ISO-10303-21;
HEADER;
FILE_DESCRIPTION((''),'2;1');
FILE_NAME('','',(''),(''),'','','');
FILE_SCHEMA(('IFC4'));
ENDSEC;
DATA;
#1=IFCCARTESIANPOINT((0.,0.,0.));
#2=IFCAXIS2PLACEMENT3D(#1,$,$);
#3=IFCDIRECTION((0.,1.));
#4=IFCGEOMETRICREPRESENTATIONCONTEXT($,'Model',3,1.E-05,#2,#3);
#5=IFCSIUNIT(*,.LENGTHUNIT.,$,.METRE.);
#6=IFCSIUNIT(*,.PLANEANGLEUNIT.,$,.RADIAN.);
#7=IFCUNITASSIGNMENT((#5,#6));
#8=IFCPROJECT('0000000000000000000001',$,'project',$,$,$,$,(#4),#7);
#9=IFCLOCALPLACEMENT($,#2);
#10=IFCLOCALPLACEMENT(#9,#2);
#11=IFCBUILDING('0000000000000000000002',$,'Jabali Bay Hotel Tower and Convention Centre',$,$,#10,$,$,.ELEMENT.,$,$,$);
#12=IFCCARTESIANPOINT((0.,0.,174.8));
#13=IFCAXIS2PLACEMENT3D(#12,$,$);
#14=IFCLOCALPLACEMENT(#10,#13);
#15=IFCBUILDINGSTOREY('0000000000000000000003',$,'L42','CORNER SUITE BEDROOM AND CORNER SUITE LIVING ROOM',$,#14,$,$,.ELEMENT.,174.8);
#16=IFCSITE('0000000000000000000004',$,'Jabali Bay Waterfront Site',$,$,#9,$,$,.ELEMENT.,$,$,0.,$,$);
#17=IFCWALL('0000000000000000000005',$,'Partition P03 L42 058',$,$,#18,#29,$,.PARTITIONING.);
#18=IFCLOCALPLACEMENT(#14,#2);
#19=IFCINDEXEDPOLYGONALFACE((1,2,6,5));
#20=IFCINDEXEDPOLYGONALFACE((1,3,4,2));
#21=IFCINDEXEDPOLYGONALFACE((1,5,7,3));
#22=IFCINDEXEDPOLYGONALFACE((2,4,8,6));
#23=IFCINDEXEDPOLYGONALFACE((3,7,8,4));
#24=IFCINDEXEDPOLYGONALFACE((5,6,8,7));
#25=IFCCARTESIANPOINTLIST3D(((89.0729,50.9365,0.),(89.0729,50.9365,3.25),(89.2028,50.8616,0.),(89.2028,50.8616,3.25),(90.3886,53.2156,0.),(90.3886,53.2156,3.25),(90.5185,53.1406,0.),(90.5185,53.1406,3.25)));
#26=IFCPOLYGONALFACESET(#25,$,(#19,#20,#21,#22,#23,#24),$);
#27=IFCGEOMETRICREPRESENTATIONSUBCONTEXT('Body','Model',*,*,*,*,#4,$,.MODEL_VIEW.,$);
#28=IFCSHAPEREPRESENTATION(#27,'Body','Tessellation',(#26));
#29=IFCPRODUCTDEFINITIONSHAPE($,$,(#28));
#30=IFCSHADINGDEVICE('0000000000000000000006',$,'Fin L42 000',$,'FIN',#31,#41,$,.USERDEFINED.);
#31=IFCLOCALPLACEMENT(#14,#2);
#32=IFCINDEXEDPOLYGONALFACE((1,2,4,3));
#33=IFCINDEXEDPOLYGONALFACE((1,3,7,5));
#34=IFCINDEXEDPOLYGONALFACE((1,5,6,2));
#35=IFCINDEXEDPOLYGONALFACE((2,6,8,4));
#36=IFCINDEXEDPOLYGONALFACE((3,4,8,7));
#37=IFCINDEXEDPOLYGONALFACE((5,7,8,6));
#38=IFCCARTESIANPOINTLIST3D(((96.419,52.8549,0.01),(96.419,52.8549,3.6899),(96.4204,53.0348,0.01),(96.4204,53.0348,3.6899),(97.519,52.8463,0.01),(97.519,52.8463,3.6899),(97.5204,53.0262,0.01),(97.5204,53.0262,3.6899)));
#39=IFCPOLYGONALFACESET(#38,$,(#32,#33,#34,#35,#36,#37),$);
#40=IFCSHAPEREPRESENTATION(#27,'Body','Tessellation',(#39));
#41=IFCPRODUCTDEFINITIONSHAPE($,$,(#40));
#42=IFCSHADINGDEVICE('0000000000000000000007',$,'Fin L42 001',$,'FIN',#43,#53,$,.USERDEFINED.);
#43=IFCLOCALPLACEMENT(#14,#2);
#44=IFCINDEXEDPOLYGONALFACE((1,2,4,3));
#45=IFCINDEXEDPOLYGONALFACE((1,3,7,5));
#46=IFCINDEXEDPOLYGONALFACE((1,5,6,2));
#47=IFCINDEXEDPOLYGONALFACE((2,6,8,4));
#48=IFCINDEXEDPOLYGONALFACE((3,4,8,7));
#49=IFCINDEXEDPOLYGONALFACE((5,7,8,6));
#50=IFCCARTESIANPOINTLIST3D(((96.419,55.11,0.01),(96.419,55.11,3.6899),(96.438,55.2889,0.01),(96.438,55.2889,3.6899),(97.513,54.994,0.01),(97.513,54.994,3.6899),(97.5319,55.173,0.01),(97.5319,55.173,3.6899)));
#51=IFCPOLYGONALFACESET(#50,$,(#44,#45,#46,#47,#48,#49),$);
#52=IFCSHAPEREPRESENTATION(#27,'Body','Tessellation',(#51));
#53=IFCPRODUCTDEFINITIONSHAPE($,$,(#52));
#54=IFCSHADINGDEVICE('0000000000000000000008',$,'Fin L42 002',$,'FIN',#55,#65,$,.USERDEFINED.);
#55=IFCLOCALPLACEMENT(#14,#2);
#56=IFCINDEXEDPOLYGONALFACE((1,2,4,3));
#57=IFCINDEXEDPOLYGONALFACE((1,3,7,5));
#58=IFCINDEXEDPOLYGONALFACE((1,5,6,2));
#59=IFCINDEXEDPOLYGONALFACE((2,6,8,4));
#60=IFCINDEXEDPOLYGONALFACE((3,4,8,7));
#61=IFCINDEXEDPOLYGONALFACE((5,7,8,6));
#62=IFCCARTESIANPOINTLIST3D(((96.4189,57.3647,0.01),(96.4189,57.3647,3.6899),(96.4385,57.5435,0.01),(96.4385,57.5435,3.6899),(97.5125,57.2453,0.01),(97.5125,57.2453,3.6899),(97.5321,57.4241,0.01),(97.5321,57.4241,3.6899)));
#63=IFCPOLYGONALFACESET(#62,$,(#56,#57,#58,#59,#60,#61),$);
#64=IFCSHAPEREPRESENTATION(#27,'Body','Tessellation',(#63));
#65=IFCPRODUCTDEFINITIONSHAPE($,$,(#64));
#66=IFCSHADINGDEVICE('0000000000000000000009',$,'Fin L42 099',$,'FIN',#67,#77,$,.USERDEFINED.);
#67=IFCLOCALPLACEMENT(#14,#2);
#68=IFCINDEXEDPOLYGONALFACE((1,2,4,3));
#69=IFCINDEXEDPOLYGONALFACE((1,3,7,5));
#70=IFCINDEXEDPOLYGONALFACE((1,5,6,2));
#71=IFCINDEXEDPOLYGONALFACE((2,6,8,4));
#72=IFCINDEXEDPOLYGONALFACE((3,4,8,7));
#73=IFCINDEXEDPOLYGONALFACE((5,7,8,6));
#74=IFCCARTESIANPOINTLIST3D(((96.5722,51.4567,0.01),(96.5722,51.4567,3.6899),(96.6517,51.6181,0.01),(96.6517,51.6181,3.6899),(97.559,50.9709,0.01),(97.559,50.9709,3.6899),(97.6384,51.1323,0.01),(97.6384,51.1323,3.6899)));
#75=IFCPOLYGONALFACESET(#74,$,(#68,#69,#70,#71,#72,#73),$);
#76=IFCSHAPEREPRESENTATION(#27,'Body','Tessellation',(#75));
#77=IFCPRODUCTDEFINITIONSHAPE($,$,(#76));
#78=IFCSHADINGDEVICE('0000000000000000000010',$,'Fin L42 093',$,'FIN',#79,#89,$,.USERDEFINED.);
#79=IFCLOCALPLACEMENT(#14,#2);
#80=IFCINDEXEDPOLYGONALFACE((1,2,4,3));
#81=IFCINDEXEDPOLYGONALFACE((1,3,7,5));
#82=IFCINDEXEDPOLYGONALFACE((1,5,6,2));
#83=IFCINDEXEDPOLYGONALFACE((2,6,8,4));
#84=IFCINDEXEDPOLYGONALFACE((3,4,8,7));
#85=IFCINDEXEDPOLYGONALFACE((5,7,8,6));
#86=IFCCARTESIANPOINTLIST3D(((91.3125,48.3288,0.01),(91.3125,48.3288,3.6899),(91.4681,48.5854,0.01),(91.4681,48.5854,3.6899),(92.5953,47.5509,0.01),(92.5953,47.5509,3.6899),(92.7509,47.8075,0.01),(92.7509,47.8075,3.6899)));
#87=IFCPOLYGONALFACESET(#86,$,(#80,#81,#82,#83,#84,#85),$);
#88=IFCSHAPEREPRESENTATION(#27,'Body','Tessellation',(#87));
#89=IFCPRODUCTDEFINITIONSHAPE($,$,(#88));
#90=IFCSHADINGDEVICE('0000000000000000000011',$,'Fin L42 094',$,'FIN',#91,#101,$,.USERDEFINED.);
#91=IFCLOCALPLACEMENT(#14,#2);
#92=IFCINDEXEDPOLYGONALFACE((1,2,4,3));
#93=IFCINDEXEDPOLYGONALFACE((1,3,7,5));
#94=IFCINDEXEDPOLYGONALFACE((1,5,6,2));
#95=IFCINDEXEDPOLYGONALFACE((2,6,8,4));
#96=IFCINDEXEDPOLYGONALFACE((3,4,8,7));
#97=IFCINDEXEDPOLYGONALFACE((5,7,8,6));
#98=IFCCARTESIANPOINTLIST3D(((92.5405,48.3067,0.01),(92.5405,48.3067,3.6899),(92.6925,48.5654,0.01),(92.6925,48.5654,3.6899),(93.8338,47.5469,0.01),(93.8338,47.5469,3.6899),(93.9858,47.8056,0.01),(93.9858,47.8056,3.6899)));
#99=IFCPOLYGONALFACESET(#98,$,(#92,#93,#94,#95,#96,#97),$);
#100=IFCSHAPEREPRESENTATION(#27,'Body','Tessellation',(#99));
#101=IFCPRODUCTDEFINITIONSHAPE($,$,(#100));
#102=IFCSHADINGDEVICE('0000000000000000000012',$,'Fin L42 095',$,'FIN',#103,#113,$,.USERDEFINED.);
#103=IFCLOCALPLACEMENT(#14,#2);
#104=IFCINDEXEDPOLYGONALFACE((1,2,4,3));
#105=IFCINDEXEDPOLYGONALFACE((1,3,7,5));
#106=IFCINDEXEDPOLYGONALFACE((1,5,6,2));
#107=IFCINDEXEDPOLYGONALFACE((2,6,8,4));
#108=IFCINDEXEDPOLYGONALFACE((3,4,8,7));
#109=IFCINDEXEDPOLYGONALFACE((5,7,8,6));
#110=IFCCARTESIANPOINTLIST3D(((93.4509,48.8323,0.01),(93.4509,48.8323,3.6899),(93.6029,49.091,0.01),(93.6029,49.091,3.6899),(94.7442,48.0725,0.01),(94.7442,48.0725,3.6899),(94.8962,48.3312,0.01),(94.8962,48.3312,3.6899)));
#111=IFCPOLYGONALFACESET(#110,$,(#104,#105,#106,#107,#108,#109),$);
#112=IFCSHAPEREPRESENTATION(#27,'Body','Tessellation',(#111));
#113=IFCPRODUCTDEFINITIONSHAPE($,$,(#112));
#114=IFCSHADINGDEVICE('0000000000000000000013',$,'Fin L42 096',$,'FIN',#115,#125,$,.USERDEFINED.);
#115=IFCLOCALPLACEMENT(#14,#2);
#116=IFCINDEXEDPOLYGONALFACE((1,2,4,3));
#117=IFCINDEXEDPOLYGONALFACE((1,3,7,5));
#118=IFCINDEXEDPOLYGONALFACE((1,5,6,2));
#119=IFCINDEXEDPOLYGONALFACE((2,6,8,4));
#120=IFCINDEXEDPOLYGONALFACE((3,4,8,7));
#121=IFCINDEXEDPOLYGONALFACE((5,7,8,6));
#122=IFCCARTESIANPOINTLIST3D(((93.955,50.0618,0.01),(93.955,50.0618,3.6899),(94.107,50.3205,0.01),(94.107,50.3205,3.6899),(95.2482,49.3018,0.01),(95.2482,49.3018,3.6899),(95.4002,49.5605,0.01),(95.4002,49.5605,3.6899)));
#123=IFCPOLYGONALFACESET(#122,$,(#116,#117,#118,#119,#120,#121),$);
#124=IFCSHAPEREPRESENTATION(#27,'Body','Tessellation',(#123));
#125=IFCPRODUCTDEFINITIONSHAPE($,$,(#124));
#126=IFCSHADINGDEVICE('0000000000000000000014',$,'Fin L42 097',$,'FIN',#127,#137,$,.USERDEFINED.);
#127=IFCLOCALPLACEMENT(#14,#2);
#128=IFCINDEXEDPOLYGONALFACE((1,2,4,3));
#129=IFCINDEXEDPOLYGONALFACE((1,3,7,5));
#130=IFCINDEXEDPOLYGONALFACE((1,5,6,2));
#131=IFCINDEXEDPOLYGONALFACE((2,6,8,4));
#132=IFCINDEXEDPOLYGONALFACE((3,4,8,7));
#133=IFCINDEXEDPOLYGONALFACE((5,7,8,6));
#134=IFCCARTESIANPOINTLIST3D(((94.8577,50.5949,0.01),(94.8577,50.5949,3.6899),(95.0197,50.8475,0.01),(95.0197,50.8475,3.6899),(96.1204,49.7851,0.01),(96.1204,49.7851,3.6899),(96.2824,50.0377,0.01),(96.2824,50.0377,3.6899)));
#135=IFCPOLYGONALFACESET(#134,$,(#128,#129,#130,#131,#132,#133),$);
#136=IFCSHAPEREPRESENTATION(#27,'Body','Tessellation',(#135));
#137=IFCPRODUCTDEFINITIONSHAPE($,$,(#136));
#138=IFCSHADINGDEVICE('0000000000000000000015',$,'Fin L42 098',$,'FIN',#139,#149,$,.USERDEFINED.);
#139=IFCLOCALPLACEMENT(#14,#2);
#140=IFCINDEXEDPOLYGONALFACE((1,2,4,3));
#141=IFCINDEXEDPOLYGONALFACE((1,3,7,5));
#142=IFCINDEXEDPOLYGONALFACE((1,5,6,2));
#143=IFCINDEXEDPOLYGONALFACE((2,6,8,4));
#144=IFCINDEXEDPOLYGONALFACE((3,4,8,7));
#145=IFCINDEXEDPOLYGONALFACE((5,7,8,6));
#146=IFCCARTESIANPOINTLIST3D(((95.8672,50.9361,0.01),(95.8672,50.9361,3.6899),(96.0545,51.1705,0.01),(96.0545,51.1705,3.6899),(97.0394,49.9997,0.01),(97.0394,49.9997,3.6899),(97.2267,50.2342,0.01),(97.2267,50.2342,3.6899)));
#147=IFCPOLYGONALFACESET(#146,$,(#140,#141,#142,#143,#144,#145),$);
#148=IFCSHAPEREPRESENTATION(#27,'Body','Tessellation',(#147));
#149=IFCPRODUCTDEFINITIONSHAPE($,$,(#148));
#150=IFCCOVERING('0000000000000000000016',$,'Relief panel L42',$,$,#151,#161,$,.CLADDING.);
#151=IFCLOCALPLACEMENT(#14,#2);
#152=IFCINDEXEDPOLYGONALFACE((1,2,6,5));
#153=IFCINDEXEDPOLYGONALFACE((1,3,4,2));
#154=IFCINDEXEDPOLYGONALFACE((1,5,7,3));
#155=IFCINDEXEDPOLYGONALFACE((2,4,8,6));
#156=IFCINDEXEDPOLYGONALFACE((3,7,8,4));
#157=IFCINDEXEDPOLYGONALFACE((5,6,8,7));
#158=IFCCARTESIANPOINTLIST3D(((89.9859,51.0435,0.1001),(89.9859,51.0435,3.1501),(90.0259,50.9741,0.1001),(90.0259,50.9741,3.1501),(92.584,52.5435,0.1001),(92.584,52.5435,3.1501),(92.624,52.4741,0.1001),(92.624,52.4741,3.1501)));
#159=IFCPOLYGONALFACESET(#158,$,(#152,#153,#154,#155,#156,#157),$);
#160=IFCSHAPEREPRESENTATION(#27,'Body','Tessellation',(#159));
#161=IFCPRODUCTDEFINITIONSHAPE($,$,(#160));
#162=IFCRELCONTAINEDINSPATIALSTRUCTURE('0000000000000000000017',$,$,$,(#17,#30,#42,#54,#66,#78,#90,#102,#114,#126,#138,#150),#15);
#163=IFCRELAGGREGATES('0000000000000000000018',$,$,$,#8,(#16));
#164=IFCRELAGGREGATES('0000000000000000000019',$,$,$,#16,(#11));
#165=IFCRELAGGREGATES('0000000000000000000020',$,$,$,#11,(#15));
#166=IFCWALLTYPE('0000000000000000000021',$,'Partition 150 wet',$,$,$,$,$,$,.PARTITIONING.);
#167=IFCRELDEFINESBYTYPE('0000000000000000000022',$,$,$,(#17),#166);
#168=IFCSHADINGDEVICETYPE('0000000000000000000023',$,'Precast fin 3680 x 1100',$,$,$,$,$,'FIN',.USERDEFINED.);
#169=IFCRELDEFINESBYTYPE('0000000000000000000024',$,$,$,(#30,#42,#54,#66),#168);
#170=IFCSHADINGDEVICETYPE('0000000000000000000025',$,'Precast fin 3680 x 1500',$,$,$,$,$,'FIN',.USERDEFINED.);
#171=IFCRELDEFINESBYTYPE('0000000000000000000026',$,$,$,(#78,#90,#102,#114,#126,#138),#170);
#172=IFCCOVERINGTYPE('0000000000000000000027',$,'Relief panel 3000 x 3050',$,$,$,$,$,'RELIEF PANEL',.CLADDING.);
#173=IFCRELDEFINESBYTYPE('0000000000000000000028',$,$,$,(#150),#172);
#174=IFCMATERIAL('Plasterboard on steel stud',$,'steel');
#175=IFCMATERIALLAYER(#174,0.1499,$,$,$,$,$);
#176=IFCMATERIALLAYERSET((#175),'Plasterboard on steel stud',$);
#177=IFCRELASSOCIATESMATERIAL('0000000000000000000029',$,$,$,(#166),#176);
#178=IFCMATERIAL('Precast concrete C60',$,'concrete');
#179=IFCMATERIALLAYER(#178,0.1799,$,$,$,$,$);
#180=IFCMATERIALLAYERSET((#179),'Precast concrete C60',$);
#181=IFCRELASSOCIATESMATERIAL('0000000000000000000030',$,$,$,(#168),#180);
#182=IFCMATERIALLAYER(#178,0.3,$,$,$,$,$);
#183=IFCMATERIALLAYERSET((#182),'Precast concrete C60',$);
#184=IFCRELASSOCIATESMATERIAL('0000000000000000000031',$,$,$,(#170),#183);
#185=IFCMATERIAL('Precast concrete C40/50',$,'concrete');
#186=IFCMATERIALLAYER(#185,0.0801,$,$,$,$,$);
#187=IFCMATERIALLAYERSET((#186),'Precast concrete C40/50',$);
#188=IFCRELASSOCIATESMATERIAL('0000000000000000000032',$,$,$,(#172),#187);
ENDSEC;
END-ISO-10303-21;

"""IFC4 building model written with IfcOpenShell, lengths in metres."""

from ifc_helpers import new_model, si_unit, direction, frame, frame_2d, origin, origin_2d, place, context, subcontext, project, spatial, rectangle, extrude, material, layer, layer_set, type_object, element, save


model = new_model("IFC4")

# Units and contexts
model_context = context("Model", 3, precision=1e-05, world=origin(), true_north=direction((0.0, 1.0)))
body_context = subcontext(model_context, "Body", "Model", "MODEL_VIEW")
ifc_project = project(units=[si_unit("LENGTHUNIT", "METRE"), si_unit("PLANEANGLEUNIT", "RADIAN")], contexts=[model_context])

# Site, building, storey
site_placement = place(None, origin())
site = spatial("IfcSite", under=ifc_project, at=site_placement, Name="Jabali Bay Waterfront Site", CompositionType="ELEMENT", RefElevation=0.0)
building_placement = place(site_placement, origin())
building = spatial("IfcBuilding", under=site, at=building_placement, Name="Jabali Bay Hotel Tower and Convention Centre", CompositionType="ELEMENT")
storey_placement = place(building_placement, frame((0.0, 0.0, 174.8)))
storey = spatial("IfcBuildingStorey", under=building, at=storey_placement, Name="L42", Description="CORNER SUITE BEDROOM AND CORNER SUITE LIVING ROOM", CompositionType="ELEMENT", Elevation=174.8)

# Shared definitions
ifc_material_1 = material(Name="Plasterboard on steel stud", Category="steel")
ifc_layer_1 = layer(ifc_material_1, 0.1499)
ifc_layer_set_1 = layer_set([ifc_layer_1], Name="Plasterboard on steel stud")
wall_type_1 = type_object("IfcWallType", Name="Partition 150 wet", PredefinedType="PARTITIONING", material=ifc_layer_set_1)

# Wall
wall_1_placement = place(storey_placement, frame((90.4536, 53.1782, 0.0), z_axis=(0.0, 0.0, 1.0), x_axis=(-0.499961, -0.866048, 0.0)))
element("IfcWall", 1, at=wall_1_placement, inside=storey, type_object=wall_type_1, Name="Partition P03 L42 058", PredefinedType="PARTITIONING", context=body_context, shape_type="SweptSolid", body=[
    extrude(rectangle(XDim=2.6316, YDim=0.1499, at=frame_2d((1.3159, 0.0))), origin(), (0.0, 0.0, 1.0), 3.25),
])

# Shading devices
ifc_material_2 = material(Name="Precast concrete C60", Category="concrete")
ifc_layer_2 = layer(ifc_material_2, 0.1799)
ifc_layer_set_2 = layer_set([ifc_layer_2], Name="Precast concrete C60")
shading_device_type_1 = type_object("IfcShadingDeviceType", Name="Precast fin 3680 x 1100", ElementType="FIN", PredefinedType="USERDEFINED", material=ifc_layer_set_2)
for number, where, z_axis, x_axis, name in (
    (2, (96.4197, 52.9448, 0.01), (0.0, 0.0, 1.0), (0.99997, -0.007767, 0.0), "Fin L42 000"),
    (3, (96.4285, 55.1995, 0.01), (0.0, 0.0, 1.0), (0.994429, -0.105413, 0.0), "Fin L42 001"),
    (4, (96.4287, 57.4541, 0.01), (0.0, 0.0, 1.0), (0.994093, -0.108531, 0.0), "Fin L42 002"),
):
    element("IfcShadingDevice", number, at=place(storey_placement, frame(where, z_axis=z_axis, x_axis=x_axis)), inside=storey, type_object=shading_device_type_1, Name=name, ObjectType="FIN", PredefinedType="USERDEFINED", context=body_context, shape_type="SweptSolid", body=[
        extrude(rectangle(XDim=1.1001, YDim=0.1799, at=frame_2d((0.55, 0.0))), origin(), (0.0, 0.0, 1.0), 3.6799),
    ])
shading_device_1_placement = place(storey_placement, frame((96.6121, 51.5374, 0.01), z_axis=(0.0, 0.0, 1.0), x_axis=(0.897163, -0.441701, 0.0)))
element("IfcShadingDevice", 5, at=shading_device_1_placement, inside=storey, type_object=shading_device_type_1, Name="Fin L42 099", ObjectType="FIN", PredefinedType="USERDEFINED", context=body_context, shape_type="SweptSolid", body=[
    extrude(rectangle(XDim=1.0999, YDim=0.1799, at=frame_2d((0.5498, 0.0))), origin(), (0.0, 0.0, 1.0), 3.6799),
])
ifc_layer_3 = layer(ifc_material_2, 0.3)
ifc_layer_set_3 = layer_set([ifc_layer_3], Name="Precast concrete C60")
shading_device_type_2 = type_object("IfcShadingDeviceType", Name="Precast fin 3680 x 1500", ElementType="FIN", PredefinedType="USERDEFINED", material=ifc_layer_set_3)
shading_device_2_placement = place(storey_placement, frame((91.3904, 48.457, 0.01), z_axis=(0.0, 0.0, 1.0), x_axis=(0.855071, -0.518511, 0.0)))
element("IfcShadingDevice", 6, at=shading_device_2_placement, inside=storey, type_object=shading_device_type_2, Name="Fin L42 093", ObjectType="FIN", PredefinedType="USERDEFINED", context=body_context, shape_type="SweptSolid", body=[
    extrude(rectangle(XDim=1.5002, YDim=0.3, at=frame_2d((0.75, 0.0))), origin(), (0.0, 0.0, 1.0), 3.6799),
])
for number, where, z_axis, x_axis, name in (
    (7, (92.6165, 48.436, 0.01), (0.0, 0.0, 1.0), (0.86221, -0.506551, 0.0), "Fin L42 094"),
    (8, (93.5269, 48.9617, 0.01), (0.0, 0.0, 1.0), (0.86221, -0.506551, 0.0), "Fin L42 095"),
    (9, (94.031, 50.1912, 0.01), (0.0, 0.0, 1.0), (0.862139, -0.506672, 0.0), "Fin L42 096"),
    (10, (94.9387, 50.7212, 0.01), (0.0, 0.0, 1.0), (0.84176, -0.539852, 0.0), "Fin L42 097"),
):
    element("IfcShadingDevice", number, at=place(storey_placement, frame(where, z_axis=z_axis, x_axis=x_axis)), inside=storey, type_object=shading_device_type_2, Name=name, ObjectType="FIN", PredefinedType="USERDEFINED", context=body_context, shape_type="SweptSolid", body=[
        extrude(rectangle(XDim=1.5, YDim=0.3, at=frame_2d((0.75, 0.0))), origin(), (0.0, 0.0, 1.0), 3.6799),
    ])
shading_device_3_placement = place(storey_placement, frame((95.9609, 51.0532, 0.01), z_axis=(0.0, 0.0, 1.0), x_axis=(0.781329, -0.624119, 0.0)))
element("IfcShadingDevice", 11, at=shading_device_3_placement, inside=storey, type_object=shading_device_type_2, Name="Fin L42 098", ObjectType="FIN", PredefinedType="USERDEFINED", context=body_context, shape_type="SweptSolid", body=[
    extrude(rectangle(XDim=1.5002, YDim=0.3, at=frame_2d((0.75, 0.0))), origin(), (0.0, 0.0, 1.0), 3.6799),
])

# Covering
ifc_material_3 = material(Name="Precast concrete C40/50", Category="concrete")
ifc_layer_4 = layer(ifc_material_3, 0.0801)
ifc_layer_set_4 = layer_set([ifc_layer_4], Name="Precast concrete C40/50")
covering_type = type_object("IfcCoveringType", Name="Relief panel 3000 x 3050", ElementType="RELIEF PANEL", PredefinedType="CLADDING", material=ifc_layer_set_4)
covering_placement = place(storey_placement, frame((91.3049, 51.7588, 0.1001), z_axis=(0.0, 0.0, 1.0), x_axis=(-0.866025, -0.5, 0.0)))
element("IfcCovering", 12, at=covering_placement, inside=storey, type_object=covering_type, Name="Relief panel L42", PredefinedType="CLADDING", context=body_context, shape_type="SweptSolid", body=[
    extrude(rectangle(XDim=3.0, YDim=0.0801, at=origin_2d()), origin(), (0.0, 0.0, 1.0), 3.05),
])

save(model, "model.ifc")
